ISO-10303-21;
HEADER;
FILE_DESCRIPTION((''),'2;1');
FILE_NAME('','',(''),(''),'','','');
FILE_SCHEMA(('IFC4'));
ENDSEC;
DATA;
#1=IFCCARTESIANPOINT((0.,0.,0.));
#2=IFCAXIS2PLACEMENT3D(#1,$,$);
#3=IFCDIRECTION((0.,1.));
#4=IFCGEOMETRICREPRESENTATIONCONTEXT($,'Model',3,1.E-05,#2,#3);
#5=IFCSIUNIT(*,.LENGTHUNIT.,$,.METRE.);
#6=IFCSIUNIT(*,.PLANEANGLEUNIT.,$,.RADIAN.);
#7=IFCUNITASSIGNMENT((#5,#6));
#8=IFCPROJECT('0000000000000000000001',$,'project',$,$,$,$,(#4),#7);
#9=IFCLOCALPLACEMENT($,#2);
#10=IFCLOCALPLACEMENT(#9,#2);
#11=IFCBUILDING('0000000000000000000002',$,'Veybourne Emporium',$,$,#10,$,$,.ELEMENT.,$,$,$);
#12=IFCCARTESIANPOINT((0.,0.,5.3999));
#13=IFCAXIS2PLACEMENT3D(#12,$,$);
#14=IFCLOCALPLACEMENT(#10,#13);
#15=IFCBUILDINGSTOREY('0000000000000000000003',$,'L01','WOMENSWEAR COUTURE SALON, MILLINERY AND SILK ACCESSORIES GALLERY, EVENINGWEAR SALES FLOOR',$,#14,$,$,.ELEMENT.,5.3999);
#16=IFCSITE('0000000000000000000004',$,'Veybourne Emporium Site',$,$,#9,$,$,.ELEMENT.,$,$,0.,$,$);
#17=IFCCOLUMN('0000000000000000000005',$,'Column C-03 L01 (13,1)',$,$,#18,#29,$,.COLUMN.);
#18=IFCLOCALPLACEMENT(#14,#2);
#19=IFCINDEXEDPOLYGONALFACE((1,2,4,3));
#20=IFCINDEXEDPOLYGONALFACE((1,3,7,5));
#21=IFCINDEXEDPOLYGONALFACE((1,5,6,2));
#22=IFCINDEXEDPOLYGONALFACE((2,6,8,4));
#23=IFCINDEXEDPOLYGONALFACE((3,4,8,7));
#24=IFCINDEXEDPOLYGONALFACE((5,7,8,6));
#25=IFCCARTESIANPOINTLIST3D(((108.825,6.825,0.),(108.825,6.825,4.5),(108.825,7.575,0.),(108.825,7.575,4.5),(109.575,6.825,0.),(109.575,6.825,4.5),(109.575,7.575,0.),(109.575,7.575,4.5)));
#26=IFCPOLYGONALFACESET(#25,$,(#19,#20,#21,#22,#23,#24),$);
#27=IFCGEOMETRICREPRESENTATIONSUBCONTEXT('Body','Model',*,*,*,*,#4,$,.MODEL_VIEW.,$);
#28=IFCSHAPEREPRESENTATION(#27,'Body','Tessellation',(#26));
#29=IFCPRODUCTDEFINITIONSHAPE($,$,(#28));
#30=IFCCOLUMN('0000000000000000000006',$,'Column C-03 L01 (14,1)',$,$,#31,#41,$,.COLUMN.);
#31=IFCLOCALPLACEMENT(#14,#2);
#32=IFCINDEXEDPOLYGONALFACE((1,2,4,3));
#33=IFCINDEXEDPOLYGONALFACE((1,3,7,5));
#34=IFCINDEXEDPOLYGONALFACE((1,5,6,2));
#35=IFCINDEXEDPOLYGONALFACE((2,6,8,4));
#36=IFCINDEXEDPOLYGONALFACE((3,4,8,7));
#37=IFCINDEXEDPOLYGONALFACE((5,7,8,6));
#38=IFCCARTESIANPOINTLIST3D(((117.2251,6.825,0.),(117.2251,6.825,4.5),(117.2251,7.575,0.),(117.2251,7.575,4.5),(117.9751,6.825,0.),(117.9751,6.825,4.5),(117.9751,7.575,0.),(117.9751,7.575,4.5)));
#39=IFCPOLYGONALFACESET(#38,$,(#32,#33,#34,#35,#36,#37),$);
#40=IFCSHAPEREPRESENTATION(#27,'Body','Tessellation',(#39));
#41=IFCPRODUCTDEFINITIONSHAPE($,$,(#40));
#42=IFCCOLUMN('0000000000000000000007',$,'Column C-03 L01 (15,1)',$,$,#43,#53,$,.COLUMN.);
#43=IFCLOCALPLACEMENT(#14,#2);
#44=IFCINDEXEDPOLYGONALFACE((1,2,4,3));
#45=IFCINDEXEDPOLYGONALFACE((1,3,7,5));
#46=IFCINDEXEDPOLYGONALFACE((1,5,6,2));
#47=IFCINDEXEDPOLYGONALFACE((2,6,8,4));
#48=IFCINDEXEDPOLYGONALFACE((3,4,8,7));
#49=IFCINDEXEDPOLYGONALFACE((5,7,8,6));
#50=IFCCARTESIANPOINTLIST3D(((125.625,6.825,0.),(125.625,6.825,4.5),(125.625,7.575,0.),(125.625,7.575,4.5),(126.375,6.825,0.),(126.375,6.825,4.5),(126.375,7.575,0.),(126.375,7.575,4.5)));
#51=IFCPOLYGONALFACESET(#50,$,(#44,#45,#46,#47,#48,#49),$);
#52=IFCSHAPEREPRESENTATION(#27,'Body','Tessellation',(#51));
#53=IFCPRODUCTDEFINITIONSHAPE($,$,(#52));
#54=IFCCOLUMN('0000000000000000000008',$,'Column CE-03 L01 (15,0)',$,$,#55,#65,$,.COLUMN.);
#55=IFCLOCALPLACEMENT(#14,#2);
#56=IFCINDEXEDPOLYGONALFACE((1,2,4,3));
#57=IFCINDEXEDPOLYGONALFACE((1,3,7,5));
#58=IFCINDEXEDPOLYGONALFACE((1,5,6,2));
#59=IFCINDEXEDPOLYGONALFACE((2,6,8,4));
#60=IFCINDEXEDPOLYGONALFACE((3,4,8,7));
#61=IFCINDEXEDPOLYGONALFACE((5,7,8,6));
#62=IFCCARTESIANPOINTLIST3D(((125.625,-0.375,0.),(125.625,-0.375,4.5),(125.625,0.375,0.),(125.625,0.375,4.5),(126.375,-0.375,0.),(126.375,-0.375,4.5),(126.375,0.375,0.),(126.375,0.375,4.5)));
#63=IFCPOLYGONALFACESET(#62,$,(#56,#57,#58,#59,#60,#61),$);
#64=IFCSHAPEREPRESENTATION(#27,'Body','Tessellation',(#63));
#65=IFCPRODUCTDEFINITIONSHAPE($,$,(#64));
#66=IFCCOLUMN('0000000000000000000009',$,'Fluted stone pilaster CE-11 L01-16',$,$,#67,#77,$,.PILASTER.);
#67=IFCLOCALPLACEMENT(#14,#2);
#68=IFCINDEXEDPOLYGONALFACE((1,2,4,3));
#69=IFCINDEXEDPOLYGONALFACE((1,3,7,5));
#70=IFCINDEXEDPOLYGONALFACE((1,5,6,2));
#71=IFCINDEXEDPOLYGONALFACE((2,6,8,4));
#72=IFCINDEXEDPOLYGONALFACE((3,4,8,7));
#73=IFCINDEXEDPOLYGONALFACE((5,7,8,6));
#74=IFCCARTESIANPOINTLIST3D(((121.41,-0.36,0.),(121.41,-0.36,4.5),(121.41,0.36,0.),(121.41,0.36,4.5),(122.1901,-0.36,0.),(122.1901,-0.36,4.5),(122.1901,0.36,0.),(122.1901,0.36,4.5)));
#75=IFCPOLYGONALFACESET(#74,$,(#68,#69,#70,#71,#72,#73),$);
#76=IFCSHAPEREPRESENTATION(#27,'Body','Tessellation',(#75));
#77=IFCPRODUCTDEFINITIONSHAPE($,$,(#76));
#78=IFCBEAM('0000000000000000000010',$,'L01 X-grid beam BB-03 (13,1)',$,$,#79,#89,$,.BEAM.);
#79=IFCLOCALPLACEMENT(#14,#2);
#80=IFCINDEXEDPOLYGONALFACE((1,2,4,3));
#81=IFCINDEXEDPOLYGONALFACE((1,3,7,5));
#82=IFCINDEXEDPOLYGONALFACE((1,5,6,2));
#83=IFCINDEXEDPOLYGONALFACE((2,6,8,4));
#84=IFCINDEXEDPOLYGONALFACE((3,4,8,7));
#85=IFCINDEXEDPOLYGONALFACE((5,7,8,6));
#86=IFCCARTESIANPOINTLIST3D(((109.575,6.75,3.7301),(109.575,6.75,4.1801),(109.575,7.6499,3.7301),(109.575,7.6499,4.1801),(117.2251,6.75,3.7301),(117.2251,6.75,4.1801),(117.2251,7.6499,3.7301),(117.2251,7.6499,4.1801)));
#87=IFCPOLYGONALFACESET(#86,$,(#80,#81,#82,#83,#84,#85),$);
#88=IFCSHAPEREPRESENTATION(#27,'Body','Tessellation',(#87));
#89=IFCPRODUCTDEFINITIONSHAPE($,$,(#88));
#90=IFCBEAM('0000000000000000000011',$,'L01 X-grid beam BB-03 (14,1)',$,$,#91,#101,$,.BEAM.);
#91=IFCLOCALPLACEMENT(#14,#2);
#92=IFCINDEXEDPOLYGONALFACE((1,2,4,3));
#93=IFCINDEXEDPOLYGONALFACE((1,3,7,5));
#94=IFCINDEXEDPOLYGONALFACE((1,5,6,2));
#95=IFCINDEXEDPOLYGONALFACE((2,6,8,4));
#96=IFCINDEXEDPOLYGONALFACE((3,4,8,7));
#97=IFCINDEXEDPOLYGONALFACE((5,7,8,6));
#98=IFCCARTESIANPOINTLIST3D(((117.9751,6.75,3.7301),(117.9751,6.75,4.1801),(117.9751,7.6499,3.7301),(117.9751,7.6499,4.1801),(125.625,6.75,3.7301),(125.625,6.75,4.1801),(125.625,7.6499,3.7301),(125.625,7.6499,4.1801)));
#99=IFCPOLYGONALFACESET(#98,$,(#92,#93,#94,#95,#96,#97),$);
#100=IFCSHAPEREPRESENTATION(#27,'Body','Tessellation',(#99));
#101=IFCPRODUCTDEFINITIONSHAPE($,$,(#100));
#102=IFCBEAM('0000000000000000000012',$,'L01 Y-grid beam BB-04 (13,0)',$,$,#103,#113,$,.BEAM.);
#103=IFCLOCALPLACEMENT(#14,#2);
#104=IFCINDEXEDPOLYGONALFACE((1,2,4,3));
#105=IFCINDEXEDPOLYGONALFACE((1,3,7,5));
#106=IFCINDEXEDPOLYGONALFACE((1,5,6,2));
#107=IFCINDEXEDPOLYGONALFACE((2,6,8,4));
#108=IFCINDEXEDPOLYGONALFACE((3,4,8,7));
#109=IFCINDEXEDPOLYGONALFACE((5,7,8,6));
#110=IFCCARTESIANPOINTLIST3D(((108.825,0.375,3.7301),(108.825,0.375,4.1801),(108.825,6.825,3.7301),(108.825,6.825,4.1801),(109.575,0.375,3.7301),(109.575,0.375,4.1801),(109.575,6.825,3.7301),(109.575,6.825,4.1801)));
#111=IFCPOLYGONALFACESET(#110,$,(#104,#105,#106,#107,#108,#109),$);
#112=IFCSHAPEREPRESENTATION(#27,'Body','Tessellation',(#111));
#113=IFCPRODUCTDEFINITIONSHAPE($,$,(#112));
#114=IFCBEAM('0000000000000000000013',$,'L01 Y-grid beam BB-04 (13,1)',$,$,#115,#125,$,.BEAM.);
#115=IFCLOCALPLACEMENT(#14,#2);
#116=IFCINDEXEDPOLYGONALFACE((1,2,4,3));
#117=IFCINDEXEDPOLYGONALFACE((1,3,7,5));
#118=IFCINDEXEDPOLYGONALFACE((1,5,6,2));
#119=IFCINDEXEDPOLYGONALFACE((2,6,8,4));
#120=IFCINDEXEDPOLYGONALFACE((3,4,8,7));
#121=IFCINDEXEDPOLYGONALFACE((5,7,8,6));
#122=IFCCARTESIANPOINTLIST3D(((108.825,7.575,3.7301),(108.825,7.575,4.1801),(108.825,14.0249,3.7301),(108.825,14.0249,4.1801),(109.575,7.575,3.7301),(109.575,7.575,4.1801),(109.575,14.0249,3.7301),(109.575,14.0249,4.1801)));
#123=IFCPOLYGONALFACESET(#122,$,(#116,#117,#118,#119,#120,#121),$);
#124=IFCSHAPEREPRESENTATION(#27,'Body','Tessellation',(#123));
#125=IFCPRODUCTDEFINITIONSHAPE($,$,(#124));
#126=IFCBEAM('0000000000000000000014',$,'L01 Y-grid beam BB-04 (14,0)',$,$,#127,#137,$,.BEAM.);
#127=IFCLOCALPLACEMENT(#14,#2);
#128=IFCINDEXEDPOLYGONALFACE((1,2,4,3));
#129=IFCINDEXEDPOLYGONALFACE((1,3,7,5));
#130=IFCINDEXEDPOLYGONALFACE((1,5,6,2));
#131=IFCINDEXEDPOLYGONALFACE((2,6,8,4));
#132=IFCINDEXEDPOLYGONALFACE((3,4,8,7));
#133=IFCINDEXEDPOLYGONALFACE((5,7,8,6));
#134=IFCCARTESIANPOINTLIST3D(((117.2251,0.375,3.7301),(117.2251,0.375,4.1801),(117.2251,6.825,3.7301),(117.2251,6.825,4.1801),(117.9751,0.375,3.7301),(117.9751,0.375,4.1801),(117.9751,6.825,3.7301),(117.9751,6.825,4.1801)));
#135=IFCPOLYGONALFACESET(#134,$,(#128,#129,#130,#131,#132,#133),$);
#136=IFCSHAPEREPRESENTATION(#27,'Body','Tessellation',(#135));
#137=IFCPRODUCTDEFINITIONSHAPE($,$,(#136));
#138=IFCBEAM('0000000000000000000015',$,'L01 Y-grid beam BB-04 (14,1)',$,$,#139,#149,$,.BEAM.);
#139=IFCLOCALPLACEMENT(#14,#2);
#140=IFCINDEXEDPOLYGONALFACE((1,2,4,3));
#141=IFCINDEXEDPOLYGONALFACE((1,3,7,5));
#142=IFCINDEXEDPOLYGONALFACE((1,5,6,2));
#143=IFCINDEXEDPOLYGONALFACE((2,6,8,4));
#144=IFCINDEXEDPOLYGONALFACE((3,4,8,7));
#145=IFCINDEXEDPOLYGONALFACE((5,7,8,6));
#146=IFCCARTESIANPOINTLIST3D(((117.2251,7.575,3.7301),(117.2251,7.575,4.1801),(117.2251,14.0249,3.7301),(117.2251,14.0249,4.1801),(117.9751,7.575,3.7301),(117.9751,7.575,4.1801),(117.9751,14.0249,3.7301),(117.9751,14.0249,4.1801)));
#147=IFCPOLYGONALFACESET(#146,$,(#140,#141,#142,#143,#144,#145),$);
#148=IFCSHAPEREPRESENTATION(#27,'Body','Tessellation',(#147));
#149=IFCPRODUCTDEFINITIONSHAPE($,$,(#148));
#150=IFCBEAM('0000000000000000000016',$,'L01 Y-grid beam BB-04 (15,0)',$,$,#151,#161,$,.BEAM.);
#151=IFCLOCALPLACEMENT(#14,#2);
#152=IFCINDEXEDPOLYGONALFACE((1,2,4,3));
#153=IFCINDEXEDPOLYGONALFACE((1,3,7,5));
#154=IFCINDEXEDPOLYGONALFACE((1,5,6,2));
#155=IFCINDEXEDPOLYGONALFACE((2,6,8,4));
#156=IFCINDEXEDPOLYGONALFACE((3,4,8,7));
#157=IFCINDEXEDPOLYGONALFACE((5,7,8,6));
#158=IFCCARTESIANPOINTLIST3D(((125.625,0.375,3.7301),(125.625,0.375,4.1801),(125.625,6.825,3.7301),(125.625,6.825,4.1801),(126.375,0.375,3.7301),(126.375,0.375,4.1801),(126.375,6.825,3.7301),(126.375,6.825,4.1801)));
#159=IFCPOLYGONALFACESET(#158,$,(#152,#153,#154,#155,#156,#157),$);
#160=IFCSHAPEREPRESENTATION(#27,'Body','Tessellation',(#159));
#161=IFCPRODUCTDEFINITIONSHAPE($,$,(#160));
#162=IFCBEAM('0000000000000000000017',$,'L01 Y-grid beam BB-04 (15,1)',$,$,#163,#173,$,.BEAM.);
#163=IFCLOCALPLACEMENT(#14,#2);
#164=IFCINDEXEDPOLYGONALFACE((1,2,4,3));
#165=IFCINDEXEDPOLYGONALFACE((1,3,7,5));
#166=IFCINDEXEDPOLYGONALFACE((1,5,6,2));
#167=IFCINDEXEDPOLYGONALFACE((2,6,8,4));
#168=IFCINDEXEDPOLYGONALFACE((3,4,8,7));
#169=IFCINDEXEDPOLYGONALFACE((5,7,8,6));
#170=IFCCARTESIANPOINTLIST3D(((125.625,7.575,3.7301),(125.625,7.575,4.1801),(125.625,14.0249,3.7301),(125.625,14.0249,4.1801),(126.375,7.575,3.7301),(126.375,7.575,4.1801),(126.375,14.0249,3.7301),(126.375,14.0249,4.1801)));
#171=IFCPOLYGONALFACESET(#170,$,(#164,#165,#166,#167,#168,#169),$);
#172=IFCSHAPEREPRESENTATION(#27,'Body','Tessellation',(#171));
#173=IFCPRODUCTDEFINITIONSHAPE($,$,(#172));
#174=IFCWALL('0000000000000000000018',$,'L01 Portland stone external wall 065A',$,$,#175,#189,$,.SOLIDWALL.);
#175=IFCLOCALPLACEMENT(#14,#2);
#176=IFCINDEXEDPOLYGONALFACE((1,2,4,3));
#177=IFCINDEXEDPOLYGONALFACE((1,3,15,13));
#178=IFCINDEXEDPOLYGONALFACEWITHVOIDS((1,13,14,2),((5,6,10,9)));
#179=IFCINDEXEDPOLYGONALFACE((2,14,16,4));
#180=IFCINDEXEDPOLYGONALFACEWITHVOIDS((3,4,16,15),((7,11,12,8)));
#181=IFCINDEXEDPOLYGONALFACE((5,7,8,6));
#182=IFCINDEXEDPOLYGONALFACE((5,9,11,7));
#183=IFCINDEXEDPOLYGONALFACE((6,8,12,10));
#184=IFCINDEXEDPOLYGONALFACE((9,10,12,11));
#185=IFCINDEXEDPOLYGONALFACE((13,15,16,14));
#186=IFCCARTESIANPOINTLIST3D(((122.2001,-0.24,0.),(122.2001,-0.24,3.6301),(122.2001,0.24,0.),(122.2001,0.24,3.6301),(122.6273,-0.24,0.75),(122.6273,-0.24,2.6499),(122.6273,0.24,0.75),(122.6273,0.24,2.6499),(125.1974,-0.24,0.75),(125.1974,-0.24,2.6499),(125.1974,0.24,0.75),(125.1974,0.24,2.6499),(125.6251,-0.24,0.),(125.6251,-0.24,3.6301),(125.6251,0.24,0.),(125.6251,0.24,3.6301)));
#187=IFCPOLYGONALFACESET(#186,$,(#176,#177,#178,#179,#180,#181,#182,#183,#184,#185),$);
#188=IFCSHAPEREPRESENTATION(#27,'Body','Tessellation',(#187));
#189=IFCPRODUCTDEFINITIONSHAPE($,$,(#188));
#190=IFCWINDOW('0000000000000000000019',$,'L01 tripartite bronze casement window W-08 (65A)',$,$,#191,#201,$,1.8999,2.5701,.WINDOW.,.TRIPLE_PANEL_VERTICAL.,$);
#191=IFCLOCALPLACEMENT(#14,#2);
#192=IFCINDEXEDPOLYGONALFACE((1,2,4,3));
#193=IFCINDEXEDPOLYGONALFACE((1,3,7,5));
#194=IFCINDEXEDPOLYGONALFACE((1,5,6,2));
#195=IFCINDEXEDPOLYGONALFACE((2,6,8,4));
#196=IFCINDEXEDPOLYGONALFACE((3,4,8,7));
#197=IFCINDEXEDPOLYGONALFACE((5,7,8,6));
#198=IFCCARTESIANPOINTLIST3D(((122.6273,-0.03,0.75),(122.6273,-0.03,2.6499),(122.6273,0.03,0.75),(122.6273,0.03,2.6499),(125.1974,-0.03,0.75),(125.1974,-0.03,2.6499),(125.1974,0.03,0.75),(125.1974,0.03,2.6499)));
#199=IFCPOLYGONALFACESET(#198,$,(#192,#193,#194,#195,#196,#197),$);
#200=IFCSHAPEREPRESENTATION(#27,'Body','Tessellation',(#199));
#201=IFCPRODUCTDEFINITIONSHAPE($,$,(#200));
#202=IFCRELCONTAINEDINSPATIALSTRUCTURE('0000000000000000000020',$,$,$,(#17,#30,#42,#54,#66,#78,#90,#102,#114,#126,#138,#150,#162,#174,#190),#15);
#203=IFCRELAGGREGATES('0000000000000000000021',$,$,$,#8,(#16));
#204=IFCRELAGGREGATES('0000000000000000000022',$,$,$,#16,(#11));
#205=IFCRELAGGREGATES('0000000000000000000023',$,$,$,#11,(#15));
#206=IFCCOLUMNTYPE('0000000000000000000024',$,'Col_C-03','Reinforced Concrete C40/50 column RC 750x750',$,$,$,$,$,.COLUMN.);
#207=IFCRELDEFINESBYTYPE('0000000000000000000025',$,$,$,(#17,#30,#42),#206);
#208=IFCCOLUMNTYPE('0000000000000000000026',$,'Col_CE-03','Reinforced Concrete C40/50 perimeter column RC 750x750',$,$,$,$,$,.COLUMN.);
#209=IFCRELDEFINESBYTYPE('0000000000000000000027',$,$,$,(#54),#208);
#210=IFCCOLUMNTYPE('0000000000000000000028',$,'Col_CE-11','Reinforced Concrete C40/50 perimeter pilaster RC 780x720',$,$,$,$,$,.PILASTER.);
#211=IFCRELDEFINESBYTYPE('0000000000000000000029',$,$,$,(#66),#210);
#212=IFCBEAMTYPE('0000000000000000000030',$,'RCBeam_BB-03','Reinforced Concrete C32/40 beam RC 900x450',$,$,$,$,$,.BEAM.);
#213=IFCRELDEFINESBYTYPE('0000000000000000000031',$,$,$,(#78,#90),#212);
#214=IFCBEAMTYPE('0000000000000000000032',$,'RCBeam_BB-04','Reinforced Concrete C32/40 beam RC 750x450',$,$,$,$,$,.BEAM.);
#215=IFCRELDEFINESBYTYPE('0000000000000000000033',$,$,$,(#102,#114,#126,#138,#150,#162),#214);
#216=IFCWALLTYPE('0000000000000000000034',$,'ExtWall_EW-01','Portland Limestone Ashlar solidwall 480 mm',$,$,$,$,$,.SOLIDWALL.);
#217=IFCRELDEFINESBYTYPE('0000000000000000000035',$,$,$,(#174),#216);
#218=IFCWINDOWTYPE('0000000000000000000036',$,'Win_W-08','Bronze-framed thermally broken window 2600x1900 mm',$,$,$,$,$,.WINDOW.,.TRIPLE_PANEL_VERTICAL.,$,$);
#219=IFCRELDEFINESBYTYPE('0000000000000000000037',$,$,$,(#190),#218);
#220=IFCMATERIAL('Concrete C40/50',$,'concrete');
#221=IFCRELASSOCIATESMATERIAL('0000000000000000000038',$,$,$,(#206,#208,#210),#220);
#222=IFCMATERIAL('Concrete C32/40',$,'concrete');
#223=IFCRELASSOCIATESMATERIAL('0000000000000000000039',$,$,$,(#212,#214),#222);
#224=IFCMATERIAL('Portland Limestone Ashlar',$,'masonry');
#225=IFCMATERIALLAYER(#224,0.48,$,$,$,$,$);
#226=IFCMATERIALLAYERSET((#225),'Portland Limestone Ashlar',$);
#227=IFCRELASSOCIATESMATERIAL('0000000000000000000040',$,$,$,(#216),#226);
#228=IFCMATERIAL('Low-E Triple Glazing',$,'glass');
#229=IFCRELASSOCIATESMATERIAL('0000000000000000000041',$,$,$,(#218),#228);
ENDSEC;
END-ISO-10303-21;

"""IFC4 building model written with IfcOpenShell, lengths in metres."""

from ifc_helpers import new_model, si_unit, direction, frame, frame_2d, origin, origin_2d, place, context, subcontext, project, spatial, rectangle, extrude, material, layer, layer_set, material_profile, profile_set, type_object, element, fill, save


model = new_model("IFC4")

# Units and contexts
model_context = context("Model", 3, precision=1e-05, world=origin(), true_north=direction((0.0, 1.0)))
body_context = subcontext(model_context, "Body", "Model", "MODEL_VIEW")
ifc_project = project(units=[si_unit("LENGTHUNIT", "METRE"), si_unit("PLANEANGLEUNIT", "RADIAN")], contexts=[model_context])

# Site, building, storey
site_placement = place(None, origin())
site = spatial("IfcSite", under=ifc_project, at=site_placement, Name="Veybourne Emporium Site", CompositionType="ELEMENT", RefElevation=0.0)
building_placement = place(site_placement, origin())
building = spatial("IfcBuilding", under=site, at=building_placement, Name="Veybourne Emporium", CompositionType="ELEMENT")
storey_placement = place(building_placement, frame((0.0, 0.0, 5.3999)))
storey = spatial("IfcBuildingStorey", under=building, at=storey_placement, Name="L01", Description="WOMENSWEAR COUTURE SALON, MILLINERY AND SILK ACCESSORIES GALLERY, EVENINGWEAR SALES FLOOR", CompositionType="ELEMENT", Elevation=5.3999)

# Columns
ifc_material_1 = material(Name="Concrete C40/50", Category="concrete")
ifc_material_profile_1 = material_profile(ifc_material_1, rectangle(XDim=0.75, YDim=0.75, at=origin_2d()), Name="RC 750x750")
ifc_profile_set_1 = profile_set([ifc_material_profile_1], Name="Concrete C40/50")
column_type_1 = type_object("IfcColumnType", Name="Col_C-03", Description="Reinforced Concrete C40/50 column RC 750x750", PredefinedType="COLUMN", material=ifc_profile_set_1)
for number, where, z_axis, x_axis, name in (
    (1, (109.2, 7.2, 0.0), (0.0, 0.0, 1.0), (1.0, 0.0, 0.0), "Column C-03 L01 (13,1)"),
    (2, (117.6001, 7.2, 0.0), (0.0, 0.0, 1.0), (1.0, 0.0, 0.0), "Column C-03 L01 (14,1)"),
    (3, (126.0, 7.2, 0.0), (0.0, 0.0, 1.0), (1.0, 0.0, 0.0), "Column C-03 L01 (15,1)"),
):
    element("IfcColumn", number, at=place(storey_placement, frame(where, z_axis=z_axis, x_axis=x_axis)), inside=storey, type_object=column_type_1, Name=name, PredefinedType="COLUMN", context=body_context, shape_type="SweptSolid", body=[
        extrude(rectangle(XDim=0.75, YDim=0.75, at=origin_2d()), origin(), (0.0, 0.0, 1.0), 4.5),
    ])
ifc_material_profile_2 = material_profile(ifc_material_1, rectangle(XDim=0.75, YDim=0.75, at=origin_2d()), Name="RC 750x750")
ifc_profile_set_2 = profile_set([ifc_material_profile_2], Name="Concrete C40/50")
column_type_2 = type_object("IfcColumnType", Name="Col_CE-03", Description="Reinforced Concrete C40/50 perimeter column RC 750x750", PredefinedType="COLUMN", material=ifc_profile_set_2)
column_1_placement = place(storey_placement, frame((126.0, 0.0, 0.0), z_axis=(0.0, 0.0, 1.0), x_axis=(1.0, 0.0, 0.0)))
element("IfcColumn", 4, at=column_1_placement, inside=storey, type_object=column_type_2, Name="Column CE-03 L01 (15,0)", PredefinedType="COLUMN", context=body_context, shape_type="SweptSolid", body=[
    extrude(rectangle(XDim=0.75, YDim=0.75, at=origin_2d()), origin(), (0.0, 0.0, 1.0), 4.5),
])
ifc_material_profile_3 = material_profile(ifc_material_1, rectangle(XDim=0.78, YDim=0.72, at=origin_2d()), Name="RC 780x720")
ifc_profile_set_3 = profile_set([ifc_material_profile_3], Name="Concrete C40/50")
column_type_3 = type_object("IfcColumnType", Name="Col_CE-11", Description="Reinforced Concrete C40/50 perimeter pilaster RC 780x720", PredefinedType="PILASTER", material=ifc_profile_set_3)
column_2_placement = place(storey_placement, frame((121.8, 0.0, 0.0), z_axis=(0.0, 0.0, 1.0), x_axis=(1.0, 0.0, 0.0)))
element("IfcColumn", 5, at=column_2_placement, inside=storey, type_object=column_type_3, Name="Fluted stone pilaster CE-11 L01-16", PredefinedType="PILASTER", context=body_context, shape_type="SweptSolid", body=[
    extrude(rectangle(XDim=0.78, YDim=0.72, at=origin_2d()), origin(), (0.0, 0.0, 1.0), 4.5),
])

# Beams
ifc_material_2 = material(Name="Concrete C32/40", Category="concrete")
ifc_material_profile_4 = material_profile(ifc_material_2, rectangle(XDim=0.8999, YDim=0.45, at=origin_2d()), Name="RC 900x450")
ifc_profile_set_4 = profile_set([ifc_material_profile_4], Name="Concrete C32/40")
beam_type_1 = type_object("IfcBeamType", Name="RCBeam_BB-03", Description="Reinforced Concrete C32/40 beam RC 900x450", PredefinedType="BEAM", material=ifc_profile_set_4)
beam_1_placement = place(storey_placement, frame((109.575, 7.2, 3.9551), z_axis=(1.0, 0.0, 0.0), x_axis=(0.0, 1.0, 0.0)))
element("IfcBeam", 6, at=beam_1_placement, inside=storey, type_object=beam_type_1, Name="L01 X-grid beam BB-03 (13,1)", PredefinedType="BEAM", context=body_context, shape_type="SweptSolid", body=[
    extrude(rectangle(XDim=0.8999, YDim=0.45, at=origin_2d()), origin(), (0.0, 0.0, 1.0), 7.6501),
])
beam_2_placement = place(storey_placement, frame((117.9751, 7.2, 3.9551), z_axis=(1.0, 0.0, 0.0), x_axis=(0.0, 1.0, 0.0)))
element("IfcBeam", 7, at=beam_2_placement, inside=storey, type_object=beam_type_1, Name="L01 X-grid beam BB-03 (14,1)", PredefinedType="BEAM", context=body_context, shape_type="SweptSolid", body=[
    extrude(rectangle(XDim=0.8999, YDim=0.45, at=origin_2d()), origin(), (0.0, 0.0, 1.0), 7.6499),
])
ifc_material_profile_5 = material_profile(ifc_material_2, rectangle(XDim=0.75, YDim=0.45, at=origin_2d()), Name="RC 750x450")
ifc_profile_set_5 = profile_set([ifc_material_profile_5], Name="Concrete C32/40")
beam_type_2 = type_object("IfcBeamType", Name="RCBeam_BB-04", Description="Reinforced Concrete C32/40 beam RC 750x450", PredefinedType="BEAM", material=ifc_profile_set_5)
for number, where, z_axis, x_axis, name in (
    (8, (109.2, 0.375, 3.9551), (0.0, 1.0, 0.0), (-1.0, 0.0, 0.0), "L01 Y-grid beam BB-04 (13,0)"),
    (9, (109.2, 7.575, 3.9551), (0.0, 1.0, 0.0), (-1.0, 0.0, 0.0), "L01 Y-grid beam BB-04 (13,1)"),
    (10, (117.6001, 0.375, 3.9551), (0.0, 1.0, 0.0), (-1.0, 0.0, 0.0), "L01 Y-grid beam BB-04 (14,0)"),
    (11, (117.6001, 7.575, 3.9551), (0.0, 1.0, 0.0), (-1.0, 0.0, 0.0), "L01 Y-grid beam BB-04 (14,1)"),
    (12, (126.0, 0.375, 3.9551), (0.0, 1.0, 0.0), (-1.0, 0.0, 0.0), "L01 Y-grid beam BB-04 (15,0)"),
    (13, (126.0, 7.575, 3.9551), (0.0, 1.0, 0.0), (-1.0, 0.0, 0.0), "L01 Y-grid beam BB-04 (15,1)"),
):
    element("IfcBeam", number, at=place(storey_placement, frame(where, z_axis=z_axis, x_axis=x_axis)), inside=storey, type_object=beam_type_2, Name=name, PredefinedType="BEAM", context=body_context, shape_type="SweptSolid", body=[
        extrude(rectangle(XDim=0.75, YDim=0.45, at=origin_2d()), origin(), (0.0, 0.0, 1.0), 6.45),
    ])

# Wall, opening, window
ifc_material_3 = material(Name="Portland Limestone Ashlar", Category="masonry")
ifc_layer_1 = layer(ifc_material_3, 0.48)
ifc_layer_set_1 = layer_set([ifc_layer_1], Name="Portland Limestone Ashlar")
wall_type_1 = type_object("IfcWallType", Name="ExtWall_EW-01", Description="Portland Limestone Ashlar solidwall 480 mm", PredefinedType="SOLIDWALL", material=ifc_layer_set_1)
wall_1_placement = place(storey_placement, frame((125.625, 0.0, 0.0), z_axis=(0.0, 0.0, 1.0), x_axis=(-1.0, 0.0, 0.0)))
wall_1 = element("IfcWall", 14, at=wall_1_placement, inside=storey, type_object=wall_type_1, Name="L01 Portland stone external wall 065A", PredefinedType="SOLIDWALL", context=body_context, shape_type="SweptSolid", body=[
    extrude(rectangle(XDim=3.425, YDim=0.48, at=frame_2d((1.7124, 0.0))), origin(), (0.0, 0.0, 1.0), 3.6301),
])
opening_1_placement = place(wall_1_placement, frame((0.4275, 0.0, 0.75)))
opening_1 = element("IfcOpeningElement", 15, at=opening_1_placement, cuts=wall_1, PredefinedType="OPENING", context=body_context, shape_type="SweptSolid", body=[
    extrude(rectangle(XDim=2.5701, YDim=1.8999, at=frame_2d((1.2852, 0.95))), frame((0.0, 0.26, 0.0), z_axis=(0.0, -1.0, 0.0), x_axis=(1.0, 0.0, 0.0)), (0.0, 0.0, 1.0), 0.52),
])
ifc_material_4 = material(Name="Low-E Triple Glazing", Category="glass")
window_type_1 = type_object("IfcWindowType", Name="Win_W-08", Description="Bronze-framed thermally broken window 2600x1900 mm", PartitioningType="TRIPLE_PANEL_VERTICAL", PredefinedType="WINDOW", material=ifc_material_4)
window_1_placement = place(opening_1_placement, origin())
window_1 = element("IfcWindow", 16, at=window_1_placement, inside=storey, type_object=window_type_1, Name="L01 tripartite bronze casement window W-08 (65A)", OverallHeight=1.8999, OverallWidth=2.5701, PartitioningType="TRIPLE_PANEL_VERTICAL", PredefinedType="WINDOW", context=body_context, shape_type="SweptSolid", body=[
    extrude(rectangle(XDim=2.5701, YDim=1.8999, at=frame_2d((1.2852, 0.95))), frame((0.0, 0.03, 0.0), z_axis=(0.0, -1.0, 0.0), x_axis=(1.0, 0.0, 0.0)), (0.0, 0.0, 1.0), 0.0601),
])
fill(opening_1, window_1)

save(model, "model.ifc")
